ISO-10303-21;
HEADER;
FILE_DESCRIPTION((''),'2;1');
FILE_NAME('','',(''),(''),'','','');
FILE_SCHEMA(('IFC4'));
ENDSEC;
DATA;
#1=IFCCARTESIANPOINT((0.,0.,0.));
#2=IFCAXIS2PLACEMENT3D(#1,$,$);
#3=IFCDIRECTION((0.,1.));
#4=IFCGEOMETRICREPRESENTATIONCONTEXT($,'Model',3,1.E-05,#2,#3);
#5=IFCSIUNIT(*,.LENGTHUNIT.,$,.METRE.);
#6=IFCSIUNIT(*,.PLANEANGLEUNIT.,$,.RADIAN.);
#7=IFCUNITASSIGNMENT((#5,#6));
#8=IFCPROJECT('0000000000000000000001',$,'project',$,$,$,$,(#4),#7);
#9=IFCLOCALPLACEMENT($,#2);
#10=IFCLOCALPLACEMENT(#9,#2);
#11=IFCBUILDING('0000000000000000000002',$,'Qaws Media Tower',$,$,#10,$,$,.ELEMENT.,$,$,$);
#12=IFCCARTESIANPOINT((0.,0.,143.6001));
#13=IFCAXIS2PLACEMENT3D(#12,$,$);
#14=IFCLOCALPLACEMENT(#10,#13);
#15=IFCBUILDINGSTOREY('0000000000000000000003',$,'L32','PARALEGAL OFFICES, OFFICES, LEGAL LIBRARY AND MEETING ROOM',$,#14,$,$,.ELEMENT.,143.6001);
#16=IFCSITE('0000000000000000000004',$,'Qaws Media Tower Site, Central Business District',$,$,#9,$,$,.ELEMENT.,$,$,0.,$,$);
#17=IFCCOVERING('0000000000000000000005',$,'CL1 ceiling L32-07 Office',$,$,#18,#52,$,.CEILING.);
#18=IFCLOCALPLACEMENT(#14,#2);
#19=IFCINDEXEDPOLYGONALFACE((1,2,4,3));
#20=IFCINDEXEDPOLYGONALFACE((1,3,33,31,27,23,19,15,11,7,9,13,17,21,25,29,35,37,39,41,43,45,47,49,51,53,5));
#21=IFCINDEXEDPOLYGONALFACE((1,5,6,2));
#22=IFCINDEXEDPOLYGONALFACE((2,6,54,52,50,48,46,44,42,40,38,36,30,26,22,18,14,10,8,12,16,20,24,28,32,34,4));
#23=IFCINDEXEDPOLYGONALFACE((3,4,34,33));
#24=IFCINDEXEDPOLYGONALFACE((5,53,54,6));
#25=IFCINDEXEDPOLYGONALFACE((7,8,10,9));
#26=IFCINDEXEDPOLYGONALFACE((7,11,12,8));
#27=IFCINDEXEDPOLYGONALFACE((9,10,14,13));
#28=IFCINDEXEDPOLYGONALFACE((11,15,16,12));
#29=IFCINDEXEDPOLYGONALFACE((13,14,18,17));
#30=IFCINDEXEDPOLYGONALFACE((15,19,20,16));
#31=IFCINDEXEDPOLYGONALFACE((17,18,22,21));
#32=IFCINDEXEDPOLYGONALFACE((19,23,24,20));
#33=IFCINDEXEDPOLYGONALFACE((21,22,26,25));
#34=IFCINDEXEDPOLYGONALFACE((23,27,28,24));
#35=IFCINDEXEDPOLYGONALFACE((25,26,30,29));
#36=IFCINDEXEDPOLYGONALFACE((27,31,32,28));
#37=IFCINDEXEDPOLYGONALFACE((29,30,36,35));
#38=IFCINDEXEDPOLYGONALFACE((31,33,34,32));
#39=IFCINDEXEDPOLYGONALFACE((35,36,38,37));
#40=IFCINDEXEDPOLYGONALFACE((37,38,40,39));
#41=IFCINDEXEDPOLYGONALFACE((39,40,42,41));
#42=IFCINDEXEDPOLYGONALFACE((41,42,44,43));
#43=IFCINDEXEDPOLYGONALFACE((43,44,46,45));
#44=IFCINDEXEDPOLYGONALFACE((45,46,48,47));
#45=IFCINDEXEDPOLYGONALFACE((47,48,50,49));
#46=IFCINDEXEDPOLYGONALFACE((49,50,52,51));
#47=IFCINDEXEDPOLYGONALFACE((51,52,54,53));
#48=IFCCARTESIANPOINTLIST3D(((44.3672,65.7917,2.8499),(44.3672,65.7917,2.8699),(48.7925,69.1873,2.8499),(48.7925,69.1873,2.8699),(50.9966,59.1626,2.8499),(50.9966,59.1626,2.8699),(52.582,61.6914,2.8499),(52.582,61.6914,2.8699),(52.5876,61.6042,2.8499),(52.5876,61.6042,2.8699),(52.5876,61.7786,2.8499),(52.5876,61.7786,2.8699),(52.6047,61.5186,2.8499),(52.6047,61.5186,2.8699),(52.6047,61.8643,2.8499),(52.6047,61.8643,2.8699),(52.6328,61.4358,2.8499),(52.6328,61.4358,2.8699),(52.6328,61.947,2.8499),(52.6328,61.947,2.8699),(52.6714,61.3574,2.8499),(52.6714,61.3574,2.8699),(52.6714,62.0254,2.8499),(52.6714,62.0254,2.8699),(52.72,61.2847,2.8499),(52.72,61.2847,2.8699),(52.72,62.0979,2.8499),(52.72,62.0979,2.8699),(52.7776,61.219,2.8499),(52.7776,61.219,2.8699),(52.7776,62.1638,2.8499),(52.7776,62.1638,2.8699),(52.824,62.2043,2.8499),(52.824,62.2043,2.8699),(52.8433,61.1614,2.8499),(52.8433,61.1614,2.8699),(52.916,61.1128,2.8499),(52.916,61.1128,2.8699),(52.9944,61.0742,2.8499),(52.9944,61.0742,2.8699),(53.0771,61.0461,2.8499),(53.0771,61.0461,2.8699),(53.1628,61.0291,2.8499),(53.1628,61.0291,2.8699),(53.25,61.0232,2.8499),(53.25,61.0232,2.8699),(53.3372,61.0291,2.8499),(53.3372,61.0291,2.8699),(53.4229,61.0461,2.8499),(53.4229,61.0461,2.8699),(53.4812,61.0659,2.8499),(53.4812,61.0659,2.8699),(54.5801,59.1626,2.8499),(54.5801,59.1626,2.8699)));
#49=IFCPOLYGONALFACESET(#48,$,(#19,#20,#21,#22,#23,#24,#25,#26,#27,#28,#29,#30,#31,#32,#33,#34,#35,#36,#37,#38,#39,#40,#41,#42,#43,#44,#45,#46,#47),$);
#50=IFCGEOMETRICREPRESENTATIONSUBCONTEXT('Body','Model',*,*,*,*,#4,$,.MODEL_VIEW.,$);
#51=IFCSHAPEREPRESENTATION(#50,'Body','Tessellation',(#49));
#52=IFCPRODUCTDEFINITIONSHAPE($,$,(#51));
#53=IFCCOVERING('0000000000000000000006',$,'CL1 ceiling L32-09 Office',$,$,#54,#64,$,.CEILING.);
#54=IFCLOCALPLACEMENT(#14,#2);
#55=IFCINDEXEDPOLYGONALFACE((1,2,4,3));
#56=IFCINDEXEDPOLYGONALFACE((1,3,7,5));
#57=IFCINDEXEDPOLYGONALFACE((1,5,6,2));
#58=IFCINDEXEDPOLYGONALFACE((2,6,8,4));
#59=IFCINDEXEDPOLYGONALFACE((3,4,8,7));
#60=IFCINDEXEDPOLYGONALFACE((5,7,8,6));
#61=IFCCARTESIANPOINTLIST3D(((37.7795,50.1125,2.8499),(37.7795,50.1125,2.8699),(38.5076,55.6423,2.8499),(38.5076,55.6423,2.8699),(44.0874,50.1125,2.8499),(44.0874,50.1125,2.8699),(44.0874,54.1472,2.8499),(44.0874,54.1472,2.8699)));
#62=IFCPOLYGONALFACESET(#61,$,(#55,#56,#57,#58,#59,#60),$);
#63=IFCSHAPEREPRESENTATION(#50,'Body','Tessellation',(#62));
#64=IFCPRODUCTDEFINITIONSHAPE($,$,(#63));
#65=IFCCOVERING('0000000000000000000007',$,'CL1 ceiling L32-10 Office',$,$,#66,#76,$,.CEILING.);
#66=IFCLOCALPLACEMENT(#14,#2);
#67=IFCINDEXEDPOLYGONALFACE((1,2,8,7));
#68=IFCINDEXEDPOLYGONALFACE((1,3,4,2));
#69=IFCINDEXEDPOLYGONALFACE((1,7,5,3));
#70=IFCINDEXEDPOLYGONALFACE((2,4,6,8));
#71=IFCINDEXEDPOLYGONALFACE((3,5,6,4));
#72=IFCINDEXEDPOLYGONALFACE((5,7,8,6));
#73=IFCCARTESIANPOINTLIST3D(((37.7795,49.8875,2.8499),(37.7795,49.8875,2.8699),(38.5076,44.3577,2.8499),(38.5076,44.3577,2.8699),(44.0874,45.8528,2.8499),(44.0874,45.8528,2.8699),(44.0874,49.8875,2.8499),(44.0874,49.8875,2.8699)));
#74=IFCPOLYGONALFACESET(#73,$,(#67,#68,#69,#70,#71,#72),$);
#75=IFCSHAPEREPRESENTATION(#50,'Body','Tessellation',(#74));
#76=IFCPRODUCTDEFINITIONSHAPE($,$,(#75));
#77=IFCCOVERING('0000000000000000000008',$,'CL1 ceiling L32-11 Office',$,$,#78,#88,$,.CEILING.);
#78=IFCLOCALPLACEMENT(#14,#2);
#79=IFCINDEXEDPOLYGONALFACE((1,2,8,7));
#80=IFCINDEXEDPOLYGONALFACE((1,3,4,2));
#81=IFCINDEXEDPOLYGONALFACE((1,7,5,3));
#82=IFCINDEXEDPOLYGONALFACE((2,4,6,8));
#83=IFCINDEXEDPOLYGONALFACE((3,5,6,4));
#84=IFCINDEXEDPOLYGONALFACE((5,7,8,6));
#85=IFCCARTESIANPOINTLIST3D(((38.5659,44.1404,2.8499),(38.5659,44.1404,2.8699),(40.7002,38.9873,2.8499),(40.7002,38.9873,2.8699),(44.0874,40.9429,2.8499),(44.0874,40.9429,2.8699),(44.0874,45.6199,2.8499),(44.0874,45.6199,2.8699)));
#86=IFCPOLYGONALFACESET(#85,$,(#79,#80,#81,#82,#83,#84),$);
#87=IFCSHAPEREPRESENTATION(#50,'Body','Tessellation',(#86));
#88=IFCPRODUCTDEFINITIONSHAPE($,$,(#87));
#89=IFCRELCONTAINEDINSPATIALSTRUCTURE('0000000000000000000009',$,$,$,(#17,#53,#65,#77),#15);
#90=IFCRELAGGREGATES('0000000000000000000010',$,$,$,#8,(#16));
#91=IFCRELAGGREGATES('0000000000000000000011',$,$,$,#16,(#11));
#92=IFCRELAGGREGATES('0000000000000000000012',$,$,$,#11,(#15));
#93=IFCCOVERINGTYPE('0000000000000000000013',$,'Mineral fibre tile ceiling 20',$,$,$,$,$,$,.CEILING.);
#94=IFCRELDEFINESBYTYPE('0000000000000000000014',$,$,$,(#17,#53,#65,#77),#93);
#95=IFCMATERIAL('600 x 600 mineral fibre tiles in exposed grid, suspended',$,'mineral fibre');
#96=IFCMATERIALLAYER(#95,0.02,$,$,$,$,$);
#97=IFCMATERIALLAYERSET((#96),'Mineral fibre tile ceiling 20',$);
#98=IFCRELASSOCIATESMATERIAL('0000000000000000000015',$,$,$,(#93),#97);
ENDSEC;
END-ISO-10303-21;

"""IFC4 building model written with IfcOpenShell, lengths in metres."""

from ifc_helpers import new_model, si_unit, direction, frame, origin, place, context, subcontext, project, spatial, polyline, outline, extrude, material, layer, layer_set, type_object, element, save


model = new_model("IFC4")

# Units and contexts
model_context = context("Model", 3, precision=1e-05, world=origin(), true_north=direction((0.0, 1.0)))
body_context = subcontext(model_context, "Body", "Model", "MODEL_VIEW")
ifc_project = project(units=[si_unit("LENGTHUNIT", "METRE"), si_unit("PLANEANGLEUNIT", "RADIAN")], contexts=[model_context])

# Site, building, storey
site_placement = place(None, origin())
site = spatial("IfcSite", under=ifc_project, at=site_placement, Name="Qaws Media Tower Site, Central Business District", CompositionType="ELEMENT", RefElevation=0.0)
building_placement = place(site_placement, origin())
building = spatial("IfcBuilding", under=site, at=building_placement, Name="Qaws Media Tower", CompositionType="ELEMENT")
storey_placement = place(building_placement, frame((0.0, 0.0, 143.6001)))
storey = spatial("IfcBuildingStorey", under=building, at=storey_placement, Name="L32", Description="PARALEGAL OFFICES, OFFICES, LEGAL LIBRARY AND MEETING ROOM", CompositionType="ELEMENT", Elevation=143.6001)

# Coverings
ifc_material_1 = material(Name="600 x 600 mineral fibre tiles in exposed grid, suspended", Category="mineral fibre")
ifc_layer_1 = layer(ifc_material_1, 0.02)
ifc_layer_set_1 = layer_set([ifc_layer_1], Name="Mineral fibre tile ceiling 20")
covering_type_1 = type_object("IfcCoveringType", Name="Mineral fibre tile ceiling 20", PredefinedType="CEILING", material=ifc_layer_set_1)
covering_1_placement = place(storey_placement, frame((0.0, 0.0, 2.8499)))
element("IfcCovering", 1, at=covering_1_placement, inside=storey, type_object=covering_type_1, Name="CL1 ceiling L32-07 Office", PredefinedType="CEILING", context=body_context, shape_type="SweptSolid", body=[
    extrude(outline(polyline([(48.7925, 69.1873), (52.824, 62.2043), (52.7776, 62.1638), (52.72, 62.0979), (52.6714, 62.0254), (52.6328, 61.947), (52.6047, 61.8643), (52.5876, 61.7786), (52.582, 61.6914), (52.5876, 61.6042), (52.6047, 61.5186), (52.6328, 61.4358), (52.6714, 61.3574), (52.72, 61.2847), (52.7776, 61.219), (52.8433, 61.1614), (52.916, 61.1128), (52.9944, 61.0742), (53.0771, 61.0461), (53.1628, 61.0291), (53.25, 61.0232), (53.3372, 61.0291), (53.4229, 61.0461), (53.4812, 61.0659), (54.5801, 59.1626), (50.9966, 59.1626), (44.3672, 65.7917), (48.7925, 69.1873)])), origin(), (0.0, 0.0, 1.0), 0.02),
])
covering_2_placement = place(storey_placement, frame((0.0, 0.0, 2.8499)))
element("IfcCovering", 2, at=covering_2_placement, inside=storey, type_object=covering_type_1, Name="CL1 ceiling L32-09 Office", PredefinedType="CEILING", context=body_context, shape_type="SweptSolid", body=[
    extrude(outline(polyline([(38.5076, 55.6423), (44.0874, 54.1472), (44.0874, 50.1125), (37.7795, 50.1125), (38.5076, 55.6423)])), origin(), (0.0, 0.0, 1.0), 0.02),
])
covering_3_placement = place(storey_placement, frame((0.0, 0.0, 2.8499)))
element("IfcCovering", 3, at=covering_3_placement, inside=storey, type_object=covering_type_1, Name="CL1 ceiling L32-10 Office", PredefinedType="CEILING", context=body_context, shape_type="SweptSolid", body=[
    extrude(outline(polyline([(37.7795, 49.8875), (44.0874, 49.8875), (44.0874, 45.8528), (38.5076, 44.3577), (37.7795, 49.8875)])), origin(), (0.0, 0.0, 1.0), 0.02),
])
covering_4_placement = place(storey_placement, frame((0.0, 0.0, 2.8499)))
element("IfcCovering", 4, at=covering_4_placement, inside=storey, type_object=covering_type_1, Name="CL1 ceiling L32-11 Office", PredefinedType="CEILING", context=body_context, shape_type="SweptSolid", body=[
    extrude(outline(polyline([(38.5659, 44.1404), (44.0874, 45.6199), (44.0874, 40.9429), (40.7002, 38.9873), (38.5659, 44.1404)])), origin(), (0.0, 0.0, 1.0), 0.02),
])

save(model, "model.ifc")
